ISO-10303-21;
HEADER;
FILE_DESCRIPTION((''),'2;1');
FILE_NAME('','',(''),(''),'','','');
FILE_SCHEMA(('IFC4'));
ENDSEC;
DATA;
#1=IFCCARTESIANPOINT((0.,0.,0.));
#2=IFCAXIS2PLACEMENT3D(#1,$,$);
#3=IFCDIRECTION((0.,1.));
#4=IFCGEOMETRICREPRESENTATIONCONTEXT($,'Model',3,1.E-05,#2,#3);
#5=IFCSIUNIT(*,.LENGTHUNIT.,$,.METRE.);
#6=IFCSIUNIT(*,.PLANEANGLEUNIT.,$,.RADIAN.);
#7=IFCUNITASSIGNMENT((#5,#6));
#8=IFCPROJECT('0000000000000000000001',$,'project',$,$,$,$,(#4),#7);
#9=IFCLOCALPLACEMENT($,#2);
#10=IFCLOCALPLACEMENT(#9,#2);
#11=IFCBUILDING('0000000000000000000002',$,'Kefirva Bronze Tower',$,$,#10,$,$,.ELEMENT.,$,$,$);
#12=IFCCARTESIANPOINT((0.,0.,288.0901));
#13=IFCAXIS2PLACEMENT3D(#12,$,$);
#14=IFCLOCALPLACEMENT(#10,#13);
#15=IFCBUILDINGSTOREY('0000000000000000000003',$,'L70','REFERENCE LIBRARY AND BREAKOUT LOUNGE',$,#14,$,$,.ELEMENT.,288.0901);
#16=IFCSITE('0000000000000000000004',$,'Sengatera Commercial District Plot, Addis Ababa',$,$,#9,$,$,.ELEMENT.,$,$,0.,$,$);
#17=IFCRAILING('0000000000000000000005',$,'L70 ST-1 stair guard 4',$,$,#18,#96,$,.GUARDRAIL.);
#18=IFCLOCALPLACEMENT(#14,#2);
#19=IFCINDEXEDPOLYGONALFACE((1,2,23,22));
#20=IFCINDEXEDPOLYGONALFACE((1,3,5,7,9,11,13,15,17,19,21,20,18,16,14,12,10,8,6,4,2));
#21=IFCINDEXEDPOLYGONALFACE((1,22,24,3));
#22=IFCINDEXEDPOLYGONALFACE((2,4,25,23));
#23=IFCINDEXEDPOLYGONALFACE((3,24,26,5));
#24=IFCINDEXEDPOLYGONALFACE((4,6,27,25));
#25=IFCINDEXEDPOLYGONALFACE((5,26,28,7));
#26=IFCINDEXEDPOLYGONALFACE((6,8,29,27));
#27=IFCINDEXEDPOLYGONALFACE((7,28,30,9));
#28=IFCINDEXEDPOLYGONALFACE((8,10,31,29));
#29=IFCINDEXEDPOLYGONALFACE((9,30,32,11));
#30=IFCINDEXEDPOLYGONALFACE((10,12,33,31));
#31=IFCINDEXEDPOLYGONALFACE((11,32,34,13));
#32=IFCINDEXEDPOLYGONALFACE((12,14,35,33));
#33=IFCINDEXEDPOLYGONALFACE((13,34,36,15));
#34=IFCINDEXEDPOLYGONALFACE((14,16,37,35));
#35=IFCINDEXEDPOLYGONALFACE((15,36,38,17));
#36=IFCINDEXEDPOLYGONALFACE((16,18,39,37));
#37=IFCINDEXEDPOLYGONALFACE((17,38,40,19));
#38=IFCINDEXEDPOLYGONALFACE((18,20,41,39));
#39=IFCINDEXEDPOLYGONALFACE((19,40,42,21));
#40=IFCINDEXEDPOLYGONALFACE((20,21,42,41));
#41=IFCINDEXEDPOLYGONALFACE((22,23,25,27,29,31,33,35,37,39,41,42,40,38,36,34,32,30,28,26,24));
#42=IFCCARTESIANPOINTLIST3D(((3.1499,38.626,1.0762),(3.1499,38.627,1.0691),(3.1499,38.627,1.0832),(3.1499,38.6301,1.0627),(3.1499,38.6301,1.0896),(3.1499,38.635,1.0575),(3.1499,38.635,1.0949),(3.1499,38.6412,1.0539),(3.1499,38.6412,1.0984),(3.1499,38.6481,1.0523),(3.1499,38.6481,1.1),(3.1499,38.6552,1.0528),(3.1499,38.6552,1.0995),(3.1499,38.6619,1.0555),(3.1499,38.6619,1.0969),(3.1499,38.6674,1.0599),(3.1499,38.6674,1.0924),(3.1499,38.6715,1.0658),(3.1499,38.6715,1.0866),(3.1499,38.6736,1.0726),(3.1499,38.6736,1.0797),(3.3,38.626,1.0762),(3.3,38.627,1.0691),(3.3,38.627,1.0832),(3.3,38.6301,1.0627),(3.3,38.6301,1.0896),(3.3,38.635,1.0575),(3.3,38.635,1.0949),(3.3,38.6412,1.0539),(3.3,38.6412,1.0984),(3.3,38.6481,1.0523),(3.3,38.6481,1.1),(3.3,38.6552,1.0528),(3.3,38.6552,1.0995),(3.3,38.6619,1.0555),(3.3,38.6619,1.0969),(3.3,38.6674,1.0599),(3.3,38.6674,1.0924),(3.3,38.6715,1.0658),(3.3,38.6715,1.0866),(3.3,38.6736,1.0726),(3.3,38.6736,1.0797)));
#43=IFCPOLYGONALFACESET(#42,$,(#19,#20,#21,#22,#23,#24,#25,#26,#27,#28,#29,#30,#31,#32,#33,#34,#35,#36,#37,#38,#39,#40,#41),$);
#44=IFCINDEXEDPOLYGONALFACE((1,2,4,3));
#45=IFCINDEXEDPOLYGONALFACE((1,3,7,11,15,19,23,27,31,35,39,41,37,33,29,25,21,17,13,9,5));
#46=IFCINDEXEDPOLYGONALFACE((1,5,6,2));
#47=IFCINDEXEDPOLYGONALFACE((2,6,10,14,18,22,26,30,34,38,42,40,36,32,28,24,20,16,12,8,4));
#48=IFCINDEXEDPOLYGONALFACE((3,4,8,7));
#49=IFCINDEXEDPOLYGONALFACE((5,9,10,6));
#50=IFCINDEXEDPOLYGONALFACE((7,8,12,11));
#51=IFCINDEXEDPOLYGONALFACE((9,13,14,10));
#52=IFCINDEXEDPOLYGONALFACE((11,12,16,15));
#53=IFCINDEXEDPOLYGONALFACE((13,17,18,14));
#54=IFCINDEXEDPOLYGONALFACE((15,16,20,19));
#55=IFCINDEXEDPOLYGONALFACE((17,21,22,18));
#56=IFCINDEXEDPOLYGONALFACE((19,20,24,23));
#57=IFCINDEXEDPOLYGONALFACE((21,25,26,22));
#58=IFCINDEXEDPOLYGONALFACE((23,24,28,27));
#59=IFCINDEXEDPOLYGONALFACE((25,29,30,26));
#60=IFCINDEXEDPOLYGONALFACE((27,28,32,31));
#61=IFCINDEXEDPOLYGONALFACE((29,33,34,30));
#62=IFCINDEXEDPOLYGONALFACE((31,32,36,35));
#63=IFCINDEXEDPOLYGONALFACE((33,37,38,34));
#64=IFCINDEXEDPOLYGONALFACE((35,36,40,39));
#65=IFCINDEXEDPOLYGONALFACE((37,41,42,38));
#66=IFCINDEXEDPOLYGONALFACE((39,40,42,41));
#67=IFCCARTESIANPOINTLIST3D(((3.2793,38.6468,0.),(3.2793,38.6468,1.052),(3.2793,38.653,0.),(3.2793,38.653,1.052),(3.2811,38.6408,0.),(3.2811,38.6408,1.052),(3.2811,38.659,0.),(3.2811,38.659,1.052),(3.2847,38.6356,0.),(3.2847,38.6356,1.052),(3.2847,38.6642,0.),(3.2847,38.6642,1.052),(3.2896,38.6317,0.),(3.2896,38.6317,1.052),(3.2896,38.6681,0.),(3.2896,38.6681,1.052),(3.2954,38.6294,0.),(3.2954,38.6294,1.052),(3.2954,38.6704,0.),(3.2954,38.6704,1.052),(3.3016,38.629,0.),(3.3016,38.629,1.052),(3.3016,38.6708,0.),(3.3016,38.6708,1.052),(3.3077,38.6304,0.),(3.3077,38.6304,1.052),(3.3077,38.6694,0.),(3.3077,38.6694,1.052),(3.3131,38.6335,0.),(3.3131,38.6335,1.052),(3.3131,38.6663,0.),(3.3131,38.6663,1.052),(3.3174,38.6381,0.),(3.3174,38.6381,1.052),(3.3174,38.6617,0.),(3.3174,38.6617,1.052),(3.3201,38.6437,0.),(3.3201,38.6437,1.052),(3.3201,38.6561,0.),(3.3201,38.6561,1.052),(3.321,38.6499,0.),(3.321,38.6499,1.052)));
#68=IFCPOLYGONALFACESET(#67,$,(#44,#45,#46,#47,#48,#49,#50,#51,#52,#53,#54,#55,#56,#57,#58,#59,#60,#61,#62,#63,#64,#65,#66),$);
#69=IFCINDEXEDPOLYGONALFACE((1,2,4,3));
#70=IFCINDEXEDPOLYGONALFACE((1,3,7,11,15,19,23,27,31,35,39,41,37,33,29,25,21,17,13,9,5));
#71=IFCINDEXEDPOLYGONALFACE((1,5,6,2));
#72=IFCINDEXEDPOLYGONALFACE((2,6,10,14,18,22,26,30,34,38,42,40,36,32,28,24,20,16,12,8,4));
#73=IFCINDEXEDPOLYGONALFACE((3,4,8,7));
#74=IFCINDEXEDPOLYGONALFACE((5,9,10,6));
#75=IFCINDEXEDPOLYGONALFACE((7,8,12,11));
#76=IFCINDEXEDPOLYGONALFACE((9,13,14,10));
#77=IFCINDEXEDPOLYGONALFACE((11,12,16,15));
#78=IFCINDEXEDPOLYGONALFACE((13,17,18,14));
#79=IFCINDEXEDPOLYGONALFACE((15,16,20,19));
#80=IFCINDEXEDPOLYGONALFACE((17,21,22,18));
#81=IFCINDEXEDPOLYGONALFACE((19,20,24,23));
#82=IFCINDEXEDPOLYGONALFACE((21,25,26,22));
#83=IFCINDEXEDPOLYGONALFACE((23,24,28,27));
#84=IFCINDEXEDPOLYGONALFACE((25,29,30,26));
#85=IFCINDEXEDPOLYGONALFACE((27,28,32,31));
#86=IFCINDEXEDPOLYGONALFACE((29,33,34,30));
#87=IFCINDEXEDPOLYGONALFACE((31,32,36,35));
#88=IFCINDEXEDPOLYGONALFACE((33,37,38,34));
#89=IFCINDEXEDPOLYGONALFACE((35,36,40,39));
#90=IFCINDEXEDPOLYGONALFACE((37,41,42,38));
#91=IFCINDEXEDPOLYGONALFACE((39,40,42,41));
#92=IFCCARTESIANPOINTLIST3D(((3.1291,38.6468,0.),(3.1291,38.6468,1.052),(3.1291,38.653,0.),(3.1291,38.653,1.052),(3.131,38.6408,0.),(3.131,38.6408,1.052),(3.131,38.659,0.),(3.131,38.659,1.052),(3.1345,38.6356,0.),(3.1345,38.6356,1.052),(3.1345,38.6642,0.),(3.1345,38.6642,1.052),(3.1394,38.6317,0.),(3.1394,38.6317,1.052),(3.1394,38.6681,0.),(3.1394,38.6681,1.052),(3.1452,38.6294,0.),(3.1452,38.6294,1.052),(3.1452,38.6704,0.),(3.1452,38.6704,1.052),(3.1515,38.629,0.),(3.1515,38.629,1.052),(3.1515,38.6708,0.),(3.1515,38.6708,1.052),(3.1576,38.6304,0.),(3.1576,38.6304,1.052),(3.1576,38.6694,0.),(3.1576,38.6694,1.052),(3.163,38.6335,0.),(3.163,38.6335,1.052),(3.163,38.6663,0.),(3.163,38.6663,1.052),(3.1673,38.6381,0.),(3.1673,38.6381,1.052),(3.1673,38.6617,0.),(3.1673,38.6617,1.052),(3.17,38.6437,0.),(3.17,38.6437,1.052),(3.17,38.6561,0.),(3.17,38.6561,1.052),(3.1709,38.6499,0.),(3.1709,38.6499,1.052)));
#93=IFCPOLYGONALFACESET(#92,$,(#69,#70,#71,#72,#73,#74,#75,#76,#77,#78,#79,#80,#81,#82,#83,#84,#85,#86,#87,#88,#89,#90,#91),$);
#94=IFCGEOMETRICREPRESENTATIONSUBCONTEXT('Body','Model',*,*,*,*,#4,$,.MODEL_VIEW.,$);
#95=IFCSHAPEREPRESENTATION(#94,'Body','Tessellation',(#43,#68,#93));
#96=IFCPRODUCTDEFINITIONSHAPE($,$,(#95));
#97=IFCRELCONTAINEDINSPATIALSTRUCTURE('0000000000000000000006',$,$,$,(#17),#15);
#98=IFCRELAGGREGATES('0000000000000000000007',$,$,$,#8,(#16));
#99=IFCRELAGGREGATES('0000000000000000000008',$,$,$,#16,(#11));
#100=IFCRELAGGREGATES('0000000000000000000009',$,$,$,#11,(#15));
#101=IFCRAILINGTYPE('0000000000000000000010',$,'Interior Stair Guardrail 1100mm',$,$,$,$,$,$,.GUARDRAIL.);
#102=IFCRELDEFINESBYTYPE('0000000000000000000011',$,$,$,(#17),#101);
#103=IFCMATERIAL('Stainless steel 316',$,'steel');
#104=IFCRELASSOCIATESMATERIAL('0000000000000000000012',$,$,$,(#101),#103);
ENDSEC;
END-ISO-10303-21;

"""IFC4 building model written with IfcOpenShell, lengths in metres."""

from ifc_helpers import new_model, si_unit, direction, frame, origin, origin_2d, place, context, subcontext, project, spatial, circle, extrude, material, type_object, element, save


model = new_model("IFC4")

# Units and contexts
model_context = context("Model", 3, precision=1e-05, world=origin(), true_north=direction((0.0, 1.0)))
body_context = subcontext(model_context, "Body", "Model", "MODEL_VIEW")
ifc_project = project(units=[si_unit("LENGTHUNIT", "METRE"), si_unit("PLANEANGLEUNIT", "RADIAN")], contexts=[model_context])

# Site, building, storey
site_placement = place(None, origin())
site = spatial("IfcSite", under=ifc_project, at=site_placement, Name="Sengatera Commercial District Plot, Addis Ababa", CompositionType="ELEMENT", RefElevation=0.0)
building_placement = place(site_placement, origin())
building = spatial("IfcBuilding", under=site, at=building_placement, Name="Kefirva Bronze Tower", CompositionType="ELEMENT")
storey_placement = place(building_placement, frame((0.0, 0.0, 288.0901)))
storey = spatial("IfcBuildingStorey", under=building, at=storey_placement, Name="L70", Description="REFERENCE LIBRARY AND BREAKOUT LOUNGE", CompositionType="ELEMENT", Elevation=288.0901)

# Railing
ifc_material_1 = material(Name="Stainless steel 316", Category="steel")
railing_type_1 = type_object("IfcRailingType", Name="Interior Stair Guardrail 1100mm", PredefinedType="GUARDRAIL", material=ifc_material_1)
railing_1_placement = place(storey_placement, frame((3.3, 38.6499, 0.0)))
element("IfcRailing", 1, at=railing_1_placement, inside=storey, type_object=railing_type_1, Name="L70 ST-1 stair guard 4", PredefinedType="GUARDRAIL", context=body_context, shape_type="SweptSolid", body=[
    extrude(circle(Radius=0.0239, at=origin_2d()), frame((0.0, 0.0, 1.0762), z_axis=(-1.0, 0.0, 0.0), x_axis=(0.0, -1.0, 0.0)), (0.0, 0.0, 1.0), 0.1501),
    extrude(circle(Radius=0.021, at=origin_2d()), origin(), (0.0, 0.0, 1.0), 1.052),
    extrude(circle(Radius=0.021, at=origin_2d()), frame((-0.1501, 0.0, 0.0)), (0.0, 0.0, 1.0), 1.052),
])

save(model, "model.ifc")
